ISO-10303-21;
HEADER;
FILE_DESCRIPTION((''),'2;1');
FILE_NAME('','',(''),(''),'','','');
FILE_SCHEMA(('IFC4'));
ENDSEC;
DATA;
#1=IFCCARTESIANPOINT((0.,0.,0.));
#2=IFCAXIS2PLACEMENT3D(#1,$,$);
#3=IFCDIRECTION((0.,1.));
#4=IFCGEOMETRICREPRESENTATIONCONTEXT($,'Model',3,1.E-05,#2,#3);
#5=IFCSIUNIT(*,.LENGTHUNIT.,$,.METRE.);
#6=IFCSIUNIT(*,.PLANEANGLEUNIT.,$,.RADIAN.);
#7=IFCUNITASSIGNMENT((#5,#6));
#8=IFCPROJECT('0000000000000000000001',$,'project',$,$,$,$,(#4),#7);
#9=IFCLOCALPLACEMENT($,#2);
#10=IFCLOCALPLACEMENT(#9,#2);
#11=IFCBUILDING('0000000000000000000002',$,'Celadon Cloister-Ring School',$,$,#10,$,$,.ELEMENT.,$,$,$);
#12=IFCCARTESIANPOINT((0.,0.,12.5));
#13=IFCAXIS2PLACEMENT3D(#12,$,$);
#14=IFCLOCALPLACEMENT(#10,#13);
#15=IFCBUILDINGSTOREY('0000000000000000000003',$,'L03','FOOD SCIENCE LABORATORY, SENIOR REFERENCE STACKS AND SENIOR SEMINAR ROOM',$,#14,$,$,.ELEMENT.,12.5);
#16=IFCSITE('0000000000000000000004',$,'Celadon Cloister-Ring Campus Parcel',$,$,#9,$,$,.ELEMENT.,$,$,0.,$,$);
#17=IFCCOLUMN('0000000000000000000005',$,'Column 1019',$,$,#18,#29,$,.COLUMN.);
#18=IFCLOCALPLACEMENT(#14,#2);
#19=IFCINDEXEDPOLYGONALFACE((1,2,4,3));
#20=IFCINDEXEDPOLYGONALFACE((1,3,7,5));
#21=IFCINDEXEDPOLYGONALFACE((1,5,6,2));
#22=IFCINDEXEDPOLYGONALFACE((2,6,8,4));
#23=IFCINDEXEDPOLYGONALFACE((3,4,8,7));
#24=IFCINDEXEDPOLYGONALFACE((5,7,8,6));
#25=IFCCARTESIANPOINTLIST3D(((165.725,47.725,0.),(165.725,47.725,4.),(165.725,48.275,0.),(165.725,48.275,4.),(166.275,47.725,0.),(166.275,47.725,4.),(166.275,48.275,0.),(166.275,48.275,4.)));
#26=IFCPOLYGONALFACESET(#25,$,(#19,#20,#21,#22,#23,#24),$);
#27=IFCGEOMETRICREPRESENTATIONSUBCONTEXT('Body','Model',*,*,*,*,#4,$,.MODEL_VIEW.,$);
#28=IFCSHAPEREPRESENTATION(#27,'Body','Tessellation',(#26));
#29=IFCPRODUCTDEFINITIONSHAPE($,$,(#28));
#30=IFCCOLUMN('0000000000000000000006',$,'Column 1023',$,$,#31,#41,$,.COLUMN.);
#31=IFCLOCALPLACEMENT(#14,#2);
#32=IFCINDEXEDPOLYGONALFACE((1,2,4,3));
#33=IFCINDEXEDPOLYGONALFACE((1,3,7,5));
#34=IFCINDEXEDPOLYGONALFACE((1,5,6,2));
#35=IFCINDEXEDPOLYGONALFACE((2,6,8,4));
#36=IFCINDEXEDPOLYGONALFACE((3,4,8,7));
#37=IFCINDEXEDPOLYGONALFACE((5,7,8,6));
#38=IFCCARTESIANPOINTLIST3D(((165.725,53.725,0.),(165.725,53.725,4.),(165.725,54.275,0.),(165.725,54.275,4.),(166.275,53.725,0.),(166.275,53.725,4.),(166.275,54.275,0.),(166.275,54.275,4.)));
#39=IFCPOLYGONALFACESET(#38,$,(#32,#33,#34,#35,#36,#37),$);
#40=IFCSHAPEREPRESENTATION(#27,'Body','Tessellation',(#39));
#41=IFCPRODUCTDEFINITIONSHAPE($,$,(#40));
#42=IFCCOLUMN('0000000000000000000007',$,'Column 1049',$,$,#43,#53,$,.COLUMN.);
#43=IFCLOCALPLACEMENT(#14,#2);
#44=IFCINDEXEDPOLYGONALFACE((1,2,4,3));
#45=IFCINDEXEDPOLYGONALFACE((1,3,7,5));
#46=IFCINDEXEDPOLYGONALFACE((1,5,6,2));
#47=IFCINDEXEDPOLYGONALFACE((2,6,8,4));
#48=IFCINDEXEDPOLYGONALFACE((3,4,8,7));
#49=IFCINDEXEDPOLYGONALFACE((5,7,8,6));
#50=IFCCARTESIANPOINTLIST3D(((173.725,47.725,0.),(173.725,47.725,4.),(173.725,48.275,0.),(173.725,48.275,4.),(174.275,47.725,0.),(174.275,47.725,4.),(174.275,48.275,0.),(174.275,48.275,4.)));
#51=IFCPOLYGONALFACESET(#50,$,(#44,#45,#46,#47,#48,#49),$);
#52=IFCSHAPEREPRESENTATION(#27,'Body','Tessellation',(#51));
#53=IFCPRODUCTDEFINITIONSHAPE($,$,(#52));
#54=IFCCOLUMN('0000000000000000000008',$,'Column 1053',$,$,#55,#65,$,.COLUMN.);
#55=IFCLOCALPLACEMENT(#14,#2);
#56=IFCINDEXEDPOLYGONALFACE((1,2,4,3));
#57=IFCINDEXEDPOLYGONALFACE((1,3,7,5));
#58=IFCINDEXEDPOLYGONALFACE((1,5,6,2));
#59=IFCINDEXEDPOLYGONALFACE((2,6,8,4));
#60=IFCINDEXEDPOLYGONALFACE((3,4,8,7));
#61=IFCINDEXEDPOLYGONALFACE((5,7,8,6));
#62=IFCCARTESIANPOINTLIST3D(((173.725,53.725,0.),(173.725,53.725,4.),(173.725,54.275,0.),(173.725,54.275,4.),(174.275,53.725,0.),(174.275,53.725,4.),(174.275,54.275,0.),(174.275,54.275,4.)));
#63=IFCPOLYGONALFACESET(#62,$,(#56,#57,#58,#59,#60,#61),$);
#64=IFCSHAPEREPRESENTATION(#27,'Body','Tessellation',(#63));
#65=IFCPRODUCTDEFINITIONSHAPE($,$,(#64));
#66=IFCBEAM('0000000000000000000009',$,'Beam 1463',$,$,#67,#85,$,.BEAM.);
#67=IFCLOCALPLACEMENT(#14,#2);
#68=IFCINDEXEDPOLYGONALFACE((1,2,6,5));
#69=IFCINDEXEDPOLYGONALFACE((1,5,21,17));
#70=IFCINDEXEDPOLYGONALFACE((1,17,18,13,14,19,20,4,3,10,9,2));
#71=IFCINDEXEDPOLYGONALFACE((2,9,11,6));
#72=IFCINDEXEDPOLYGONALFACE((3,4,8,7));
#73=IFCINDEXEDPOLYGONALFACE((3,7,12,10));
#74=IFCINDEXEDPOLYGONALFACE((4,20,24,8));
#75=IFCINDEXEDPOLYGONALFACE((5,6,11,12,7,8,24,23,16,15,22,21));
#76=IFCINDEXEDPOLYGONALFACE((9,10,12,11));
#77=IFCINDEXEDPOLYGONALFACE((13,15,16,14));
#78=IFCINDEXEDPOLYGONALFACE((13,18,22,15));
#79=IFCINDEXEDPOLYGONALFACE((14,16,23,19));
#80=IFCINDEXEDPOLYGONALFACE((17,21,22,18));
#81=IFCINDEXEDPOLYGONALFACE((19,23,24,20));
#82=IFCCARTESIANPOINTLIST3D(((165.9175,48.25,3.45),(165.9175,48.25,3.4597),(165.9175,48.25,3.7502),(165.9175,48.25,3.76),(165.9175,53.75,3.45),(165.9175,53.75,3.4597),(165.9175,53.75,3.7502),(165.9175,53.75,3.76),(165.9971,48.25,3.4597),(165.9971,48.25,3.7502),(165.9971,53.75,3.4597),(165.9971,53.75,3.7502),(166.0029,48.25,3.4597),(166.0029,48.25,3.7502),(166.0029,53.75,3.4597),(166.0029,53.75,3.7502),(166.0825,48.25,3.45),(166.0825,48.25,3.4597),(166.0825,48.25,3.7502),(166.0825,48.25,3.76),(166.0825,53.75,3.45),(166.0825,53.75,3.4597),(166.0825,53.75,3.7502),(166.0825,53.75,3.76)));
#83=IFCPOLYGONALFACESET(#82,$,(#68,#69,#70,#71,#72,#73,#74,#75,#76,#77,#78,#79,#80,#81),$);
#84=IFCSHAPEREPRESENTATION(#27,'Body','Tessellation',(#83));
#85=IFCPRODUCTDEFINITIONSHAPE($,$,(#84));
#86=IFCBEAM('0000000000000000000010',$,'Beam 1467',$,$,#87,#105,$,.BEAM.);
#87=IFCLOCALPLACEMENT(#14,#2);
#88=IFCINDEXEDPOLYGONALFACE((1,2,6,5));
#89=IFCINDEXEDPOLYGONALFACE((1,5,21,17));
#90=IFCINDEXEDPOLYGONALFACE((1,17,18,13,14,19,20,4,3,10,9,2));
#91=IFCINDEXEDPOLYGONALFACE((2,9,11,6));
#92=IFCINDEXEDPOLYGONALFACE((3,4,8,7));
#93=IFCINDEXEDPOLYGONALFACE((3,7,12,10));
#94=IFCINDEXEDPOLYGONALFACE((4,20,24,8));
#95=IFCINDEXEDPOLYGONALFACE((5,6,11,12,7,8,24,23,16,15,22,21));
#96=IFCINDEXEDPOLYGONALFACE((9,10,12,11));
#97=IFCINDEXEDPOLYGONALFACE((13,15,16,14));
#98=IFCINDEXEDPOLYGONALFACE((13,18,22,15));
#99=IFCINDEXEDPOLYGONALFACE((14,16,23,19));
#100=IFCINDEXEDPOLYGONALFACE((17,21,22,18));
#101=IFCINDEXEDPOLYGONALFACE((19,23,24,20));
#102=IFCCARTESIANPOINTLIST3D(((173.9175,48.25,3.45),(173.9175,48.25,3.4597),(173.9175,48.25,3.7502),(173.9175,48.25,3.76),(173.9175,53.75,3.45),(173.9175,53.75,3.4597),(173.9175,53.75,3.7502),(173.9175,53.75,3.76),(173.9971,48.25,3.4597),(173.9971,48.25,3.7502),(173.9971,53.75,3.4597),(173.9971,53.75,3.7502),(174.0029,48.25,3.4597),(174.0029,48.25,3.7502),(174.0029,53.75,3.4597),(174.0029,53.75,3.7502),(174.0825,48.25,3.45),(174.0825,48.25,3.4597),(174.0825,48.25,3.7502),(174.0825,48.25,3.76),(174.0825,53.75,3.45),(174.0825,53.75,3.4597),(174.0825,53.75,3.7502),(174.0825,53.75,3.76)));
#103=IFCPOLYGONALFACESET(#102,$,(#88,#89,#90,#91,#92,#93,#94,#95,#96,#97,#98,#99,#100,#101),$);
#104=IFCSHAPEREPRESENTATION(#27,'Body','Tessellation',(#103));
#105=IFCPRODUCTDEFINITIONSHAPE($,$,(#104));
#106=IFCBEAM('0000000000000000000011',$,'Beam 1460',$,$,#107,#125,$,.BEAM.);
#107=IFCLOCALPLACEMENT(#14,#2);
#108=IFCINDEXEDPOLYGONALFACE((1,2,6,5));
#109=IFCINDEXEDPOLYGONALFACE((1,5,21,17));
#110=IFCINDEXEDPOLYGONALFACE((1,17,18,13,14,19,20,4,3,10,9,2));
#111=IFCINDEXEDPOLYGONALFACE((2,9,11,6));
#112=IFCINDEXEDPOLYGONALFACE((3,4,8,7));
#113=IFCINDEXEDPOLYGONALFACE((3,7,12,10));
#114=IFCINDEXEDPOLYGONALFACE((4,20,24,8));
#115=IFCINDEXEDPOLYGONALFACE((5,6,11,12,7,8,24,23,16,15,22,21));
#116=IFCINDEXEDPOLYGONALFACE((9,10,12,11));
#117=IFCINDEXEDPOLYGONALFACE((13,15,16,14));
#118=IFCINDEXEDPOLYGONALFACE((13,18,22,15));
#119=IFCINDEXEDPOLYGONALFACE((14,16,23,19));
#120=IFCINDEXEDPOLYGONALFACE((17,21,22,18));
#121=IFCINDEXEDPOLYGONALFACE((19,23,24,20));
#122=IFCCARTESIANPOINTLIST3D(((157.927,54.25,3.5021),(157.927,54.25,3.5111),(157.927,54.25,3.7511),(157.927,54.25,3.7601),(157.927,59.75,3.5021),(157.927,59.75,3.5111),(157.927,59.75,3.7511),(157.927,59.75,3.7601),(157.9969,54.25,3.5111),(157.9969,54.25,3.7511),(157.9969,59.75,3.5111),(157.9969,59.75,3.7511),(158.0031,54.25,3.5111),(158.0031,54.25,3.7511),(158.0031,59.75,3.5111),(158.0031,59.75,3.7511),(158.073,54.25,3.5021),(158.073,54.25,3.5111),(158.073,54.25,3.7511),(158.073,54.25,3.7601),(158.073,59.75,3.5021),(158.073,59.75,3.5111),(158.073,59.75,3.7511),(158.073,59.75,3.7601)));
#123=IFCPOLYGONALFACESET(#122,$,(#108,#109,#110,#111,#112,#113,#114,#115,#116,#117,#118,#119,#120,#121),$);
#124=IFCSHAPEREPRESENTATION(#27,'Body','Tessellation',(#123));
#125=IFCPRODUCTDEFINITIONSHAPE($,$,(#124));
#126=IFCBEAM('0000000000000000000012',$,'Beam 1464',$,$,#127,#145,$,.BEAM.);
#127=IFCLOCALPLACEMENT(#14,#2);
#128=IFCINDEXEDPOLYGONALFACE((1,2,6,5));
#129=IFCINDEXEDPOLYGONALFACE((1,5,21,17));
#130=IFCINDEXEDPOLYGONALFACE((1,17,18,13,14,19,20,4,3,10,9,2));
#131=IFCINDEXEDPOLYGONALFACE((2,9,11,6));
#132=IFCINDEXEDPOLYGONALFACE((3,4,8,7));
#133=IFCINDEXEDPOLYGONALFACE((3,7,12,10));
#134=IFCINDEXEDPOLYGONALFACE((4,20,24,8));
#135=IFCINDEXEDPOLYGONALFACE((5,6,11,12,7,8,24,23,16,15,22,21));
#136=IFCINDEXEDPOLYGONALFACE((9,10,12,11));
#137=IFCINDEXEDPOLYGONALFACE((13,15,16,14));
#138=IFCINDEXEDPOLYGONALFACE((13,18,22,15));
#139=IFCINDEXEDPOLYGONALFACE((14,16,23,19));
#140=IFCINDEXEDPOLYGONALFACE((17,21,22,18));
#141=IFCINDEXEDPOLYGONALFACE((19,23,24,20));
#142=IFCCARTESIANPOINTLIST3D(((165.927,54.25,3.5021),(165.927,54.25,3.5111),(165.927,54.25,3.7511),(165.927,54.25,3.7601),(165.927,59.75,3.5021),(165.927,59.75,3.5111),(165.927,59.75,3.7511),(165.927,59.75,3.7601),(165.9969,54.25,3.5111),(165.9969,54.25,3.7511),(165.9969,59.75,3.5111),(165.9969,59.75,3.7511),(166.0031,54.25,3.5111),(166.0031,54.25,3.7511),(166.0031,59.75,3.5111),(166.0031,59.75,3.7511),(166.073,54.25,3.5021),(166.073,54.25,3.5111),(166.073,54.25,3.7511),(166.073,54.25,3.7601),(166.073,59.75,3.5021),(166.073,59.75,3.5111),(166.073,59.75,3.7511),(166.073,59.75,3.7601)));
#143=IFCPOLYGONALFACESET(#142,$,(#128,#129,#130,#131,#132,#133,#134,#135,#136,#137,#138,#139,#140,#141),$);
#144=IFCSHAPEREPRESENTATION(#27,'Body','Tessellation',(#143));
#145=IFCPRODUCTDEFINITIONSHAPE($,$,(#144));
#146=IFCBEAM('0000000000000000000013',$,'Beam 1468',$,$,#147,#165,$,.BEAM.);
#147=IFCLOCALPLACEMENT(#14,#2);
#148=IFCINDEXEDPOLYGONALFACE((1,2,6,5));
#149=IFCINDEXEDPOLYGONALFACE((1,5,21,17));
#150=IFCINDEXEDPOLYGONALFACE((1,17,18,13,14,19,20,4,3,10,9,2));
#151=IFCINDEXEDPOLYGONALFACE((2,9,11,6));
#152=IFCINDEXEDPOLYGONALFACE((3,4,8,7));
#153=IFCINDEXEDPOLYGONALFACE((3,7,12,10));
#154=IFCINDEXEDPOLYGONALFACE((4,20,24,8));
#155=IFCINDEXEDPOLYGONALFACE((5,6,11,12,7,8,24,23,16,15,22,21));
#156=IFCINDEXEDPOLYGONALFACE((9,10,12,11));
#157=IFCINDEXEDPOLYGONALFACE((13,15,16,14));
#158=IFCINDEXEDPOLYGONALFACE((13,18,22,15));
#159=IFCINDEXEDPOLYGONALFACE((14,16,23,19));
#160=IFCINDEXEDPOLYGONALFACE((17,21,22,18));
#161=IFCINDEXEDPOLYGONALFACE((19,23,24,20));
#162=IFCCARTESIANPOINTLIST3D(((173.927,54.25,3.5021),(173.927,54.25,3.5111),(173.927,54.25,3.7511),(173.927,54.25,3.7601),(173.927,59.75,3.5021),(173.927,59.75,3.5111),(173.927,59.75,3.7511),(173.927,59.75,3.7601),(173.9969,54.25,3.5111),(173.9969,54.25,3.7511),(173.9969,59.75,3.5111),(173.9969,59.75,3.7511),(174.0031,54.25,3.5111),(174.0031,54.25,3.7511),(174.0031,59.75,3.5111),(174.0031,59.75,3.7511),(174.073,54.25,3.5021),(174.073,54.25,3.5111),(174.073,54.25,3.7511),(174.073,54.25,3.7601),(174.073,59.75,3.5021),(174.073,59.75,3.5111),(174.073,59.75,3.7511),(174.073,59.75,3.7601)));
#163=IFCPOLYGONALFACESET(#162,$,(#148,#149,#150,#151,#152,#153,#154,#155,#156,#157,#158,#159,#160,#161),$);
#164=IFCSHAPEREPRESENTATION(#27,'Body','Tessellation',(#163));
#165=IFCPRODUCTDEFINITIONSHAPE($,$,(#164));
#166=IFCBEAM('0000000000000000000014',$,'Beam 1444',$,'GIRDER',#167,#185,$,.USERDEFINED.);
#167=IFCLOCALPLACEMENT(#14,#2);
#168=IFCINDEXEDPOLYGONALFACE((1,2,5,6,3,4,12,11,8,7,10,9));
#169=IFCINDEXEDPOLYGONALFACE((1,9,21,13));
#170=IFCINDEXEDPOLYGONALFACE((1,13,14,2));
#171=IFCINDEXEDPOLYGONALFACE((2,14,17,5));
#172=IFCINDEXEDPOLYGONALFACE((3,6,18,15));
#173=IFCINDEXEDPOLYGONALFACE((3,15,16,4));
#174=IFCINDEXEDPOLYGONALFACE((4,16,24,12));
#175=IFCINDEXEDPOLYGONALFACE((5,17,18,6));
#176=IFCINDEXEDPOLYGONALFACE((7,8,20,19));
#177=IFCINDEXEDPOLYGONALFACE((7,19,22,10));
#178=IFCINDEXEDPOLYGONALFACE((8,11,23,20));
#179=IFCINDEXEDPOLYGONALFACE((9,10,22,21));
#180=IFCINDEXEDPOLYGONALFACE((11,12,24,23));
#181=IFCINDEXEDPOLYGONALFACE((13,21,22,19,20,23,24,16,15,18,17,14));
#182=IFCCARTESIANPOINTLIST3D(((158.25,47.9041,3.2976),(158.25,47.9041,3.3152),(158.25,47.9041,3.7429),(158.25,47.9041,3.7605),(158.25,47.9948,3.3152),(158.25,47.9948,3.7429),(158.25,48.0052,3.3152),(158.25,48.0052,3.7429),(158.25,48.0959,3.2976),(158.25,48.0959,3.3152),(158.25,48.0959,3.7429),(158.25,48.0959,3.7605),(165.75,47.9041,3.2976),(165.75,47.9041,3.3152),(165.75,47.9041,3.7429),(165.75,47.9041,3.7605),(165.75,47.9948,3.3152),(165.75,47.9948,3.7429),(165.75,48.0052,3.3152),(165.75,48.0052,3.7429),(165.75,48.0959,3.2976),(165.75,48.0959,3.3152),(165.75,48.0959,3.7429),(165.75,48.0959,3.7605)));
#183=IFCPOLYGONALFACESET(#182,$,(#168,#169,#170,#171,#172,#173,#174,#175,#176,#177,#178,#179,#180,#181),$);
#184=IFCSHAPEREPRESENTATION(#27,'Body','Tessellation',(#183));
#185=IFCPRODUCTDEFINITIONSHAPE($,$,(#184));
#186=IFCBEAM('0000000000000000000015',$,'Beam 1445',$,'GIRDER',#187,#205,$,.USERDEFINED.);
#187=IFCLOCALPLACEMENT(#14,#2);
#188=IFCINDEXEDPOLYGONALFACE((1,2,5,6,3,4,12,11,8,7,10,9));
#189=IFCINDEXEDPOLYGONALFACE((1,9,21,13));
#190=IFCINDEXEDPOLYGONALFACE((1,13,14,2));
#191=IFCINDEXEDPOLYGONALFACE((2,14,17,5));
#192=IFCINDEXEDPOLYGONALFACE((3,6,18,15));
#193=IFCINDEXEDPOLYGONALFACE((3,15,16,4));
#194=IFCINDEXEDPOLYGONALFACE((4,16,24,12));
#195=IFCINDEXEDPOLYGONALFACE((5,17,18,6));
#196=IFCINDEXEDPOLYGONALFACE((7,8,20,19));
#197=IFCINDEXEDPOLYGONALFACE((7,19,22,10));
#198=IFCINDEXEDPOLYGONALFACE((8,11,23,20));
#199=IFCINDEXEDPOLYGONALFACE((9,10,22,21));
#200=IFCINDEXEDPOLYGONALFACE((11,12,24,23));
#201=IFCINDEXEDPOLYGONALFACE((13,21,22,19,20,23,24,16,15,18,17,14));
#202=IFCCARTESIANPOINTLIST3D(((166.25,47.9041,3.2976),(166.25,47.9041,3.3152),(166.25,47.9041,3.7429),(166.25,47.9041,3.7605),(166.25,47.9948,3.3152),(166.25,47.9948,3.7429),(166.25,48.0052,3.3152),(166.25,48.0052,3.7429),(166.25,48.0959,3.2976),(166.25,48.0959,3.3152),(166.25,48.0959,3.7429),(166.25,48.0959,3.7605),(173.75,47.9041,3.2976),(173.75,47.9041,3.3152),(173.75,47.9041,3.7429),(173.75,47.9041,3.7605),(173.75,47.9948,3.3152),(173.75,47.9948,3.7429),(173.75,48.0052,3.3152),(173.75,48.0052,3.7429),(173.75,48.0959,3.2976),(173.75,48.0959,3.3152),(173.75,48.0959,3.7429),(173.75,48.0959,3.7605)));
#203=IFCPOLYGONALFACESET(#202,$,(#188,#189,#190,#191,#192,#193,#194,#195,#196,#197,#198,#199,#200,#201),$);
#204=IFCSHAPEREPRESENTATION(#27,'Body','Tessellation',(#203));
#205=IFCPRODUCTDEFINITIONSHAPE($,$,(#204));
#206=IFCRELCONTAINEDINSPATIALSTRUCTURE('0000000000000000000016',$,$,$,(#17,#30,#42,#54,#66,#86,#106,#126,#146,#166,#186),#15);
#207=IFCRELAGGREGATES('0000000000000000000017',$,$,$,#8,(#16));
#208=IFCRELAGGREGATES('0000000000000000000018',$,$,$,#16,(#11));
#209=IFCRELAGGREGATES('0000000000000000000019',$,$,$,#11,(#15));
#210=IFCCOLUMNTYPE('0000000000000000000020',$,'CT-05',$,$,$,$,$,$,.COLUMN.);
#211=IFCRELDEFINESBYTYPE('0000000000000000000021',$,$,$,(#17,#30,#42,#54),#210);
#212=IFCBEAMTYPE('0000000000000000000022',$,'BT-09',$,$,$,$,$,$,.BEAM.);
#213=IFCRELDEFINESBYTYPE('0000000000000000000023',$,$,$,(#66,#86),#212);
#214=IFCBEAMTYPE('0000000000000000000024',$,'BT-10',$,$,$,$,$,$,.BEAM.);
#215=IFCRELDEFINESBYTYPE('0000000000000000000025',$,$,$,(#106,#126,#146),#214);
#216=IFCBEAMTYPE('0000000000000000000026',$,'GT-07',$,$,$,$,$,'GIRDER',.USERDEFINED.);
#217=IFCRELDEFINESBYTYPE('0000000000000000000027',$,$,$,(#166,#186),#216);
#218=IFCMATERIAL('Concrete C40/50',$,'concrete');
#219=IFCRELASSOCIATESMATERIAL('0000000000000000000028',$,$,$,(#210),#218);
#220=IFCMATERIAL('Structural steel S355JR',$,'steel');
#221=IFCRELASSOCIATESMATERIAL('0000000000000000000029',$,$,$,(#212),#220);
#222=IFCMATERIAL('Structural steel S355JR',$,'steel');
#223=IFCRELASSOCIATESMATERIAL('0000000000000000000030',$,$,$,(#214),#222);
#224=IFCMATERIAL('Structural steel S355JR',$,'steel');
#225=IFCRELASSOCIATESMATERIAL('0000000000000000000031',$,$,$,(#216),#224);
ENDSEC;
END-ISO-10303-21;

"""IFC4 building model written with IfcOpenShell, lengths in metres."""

from ifc_helpers import new_model, si_unit, direction, frame, origin, origin_2d, place, context, subcontext, project, spatial, rectangle, i_section, extrude, material, material_profile, profile_set, type_object, element, save


model = new_model("IFC4")

# Units and contexts
model_context = context("Model", 3, precision=1e-05, world=origin(), true_north=direction((0.0, 1.0)))
body_context = subcontext(model_context, "Body", "Model", "MODEL_VIEW")
ifc_project = project(units=[si_unit("LENGTHUNIT", "METRE"), si_unit("PLANEANGLEUNIT", "RADIAN")], contexts=[model_context])

# Site, building, storey
site_placement = place(None, origin())
site = spatial("IfcSite", under=ifc_project, at=site_placement, Name="Celadon Cloister-Ring Campus Parcel", CompositionType="ELEMENT", RefElevation=0.0)
building_placement = place(site_placement, origin())
building = spatial("IfcBuilding", under=site, at=building_placement, Name="Celadon Cloister-Ring School", CompositionType="ELEMENT")
storey_placement = place(building_placement, frame((0.0, 0.0, 12.5)))
storey = spatial("IfcBuildingStorey", under=building, at=storey_placement, Name="L03", Description="FOOD SCIENCE LABORATORY, SENIOR REFERENCE STACKS AND SENIOR SEMINAR ROOM", CompositionType="ELEMENT", Elevation=12.5)

# Columns
ifc_material_1 = material(Name="Concrete C40/50", Category="concrete")
ifc_material_profile_1 = material_profile(ifc_material_1, rectangle(XDim=0.55, YDim=0.55, at=origin_2d()), Name="RC550X550")
ifc_profile_set_1 = profile_set([ifc_material_profile_1], Name="Concrete C40/50")
column_type = type_object("IfcColumnType", Name="CT-05", PredefinedType="COLUMN", material=ifc_profile_set_1)
for number, where, z_axis, x_axis, name in (
    (1, (166.0, 48.0, 0.0), (0.0, 0.0, 1.0), (1.0, 0.0, 0.0), "Column 1019"),
    (2, (166.0, 54.0, 0.0), (0.0, 0.0, 1.0), (1.0, 0.0, 0.0), "Column 1023"),
    (3, (174.0, 48.0, 0.0), (0.0, 0.0, 1.0), (1.0, 0.0, 0.0), "Column 1049"),
    (4, (174.0, 54.0, 0.0), (0.0, 0.0, 1.0), (1.0, 0.0, 0.0), "Column 1053"),
):
    element("IfcColumn", number, at=place(storey_placement, frame(where, z_axis=z_axis, x_axis=x_axis)), inside=storey, type_object=column_type, Name=name, PredefinedType="COLUMN", context=body_context, shape_type="SweptSolid", body=[
        extrude(rectangle(XDim=0.55, YDim=0.55, at=origin_2d()), origin(), (0.0, 0.0, 1.0), 4.0),
    ])

# Beams
ifc_material_2 = material(Name="Structural steel S355JR", Category="steel")
ifc_material_profile_2 = material_profile(ifc_material_2, i_section(OverallWidth=0.165, OverallDepth=0.3101, WebThickness=0.0059, FlangeThickness=0.0098, at=origin_2d()), Name="W310X39")
ifc_profile_set_2 = profile_set([ifc_material_profile_2], Name="Structural steel S355JR")
beam_type_1 = type_object("IfcBeamType", Name="BT-09", PredefinedType="BEAM", material=ifc_profile_set_2)
for number, where, z_axis, x_axis, name in (
    (5, (166.0, 48.25, 3.605), (0.0, 1.0, 0.0), (-1.0, 0.0, 0.0), "Beam 1463"),
    (6, (174.0, 48.25, 3.605), (0.0, 1.0, 0.0), (-1.0, 0.0, 0.0), "Beam 1467"),
):
    element("IfcBeam", number, at=place(storey_placement, frame(where, z_axis=z_axis, x_axis=x_axis)), inside=storey, type_object=beam_type_1, Name=name, PredefinedType="BEAM", context=body_context, shape_type="SweptSolid", body=[
        extrude(i_section(OverallWidth=0.165, OverallDepth=0.3101, WebThickness=0.0059, FlangeThickness=0.0098, at=origin_2d()), origin(), (0.0, 0.0, 1.0), 5.5),
    ])
ifc_material_3 = material(Name="Structural steel S355JR", Category="steel")
ifc_material_profile_3 = material_profile(ifc_material_3, i_section(OverallWidth=0.146, OverallDepth=0.2581, WebThickness=0.0061, FlangeThickness=0.009, at=origin_2d()), Name="W250X33")
ifc_profile_set_3 = profile_set([ifc_material_profile_3], Name="Structural steel S355JR")
beam_type_2 = type_object("IfcBeamType", Name="BT-10", PredefinedType="BEAM", material=ifc_profile_set_3)
for number, where, z_axis, x_axis, name in (
    (7, (158.0, 54.25, 3.6311), (0.0, 1.0, 0.0), (-1.0, 0.0, 0.0), "Beam 1460"),
    (8, (166.0, 54.25, 3.6311), (0.0, 1.0, 0.0), (-1.0, 0.0, 0.0), "Beam 1464"),
    (9, (174.0, 54.25, 3.6311), (0.0, 1.0, 0.0), (-1.0, 0.0, 0.0), "Beam 1468"),
):
    element("IfcBeam", number, at=place(storey_placement, frame(where, z_axis=z_axis, x_axis=x_axis)), inside=storey, type_object=beam_type_2, Name=name, PredefinedType="BEAM", context=body_context, shape_type="SweptSolid", body=[
        extrude(i_section(OverallWidth=0.146, OverallDepth=0.2581, WebThickness=0.0061, FlangeThickness=0.009, at=origin_2d()), origin(), (0.0, 0.0, 1.0), 5.5),
    ])
ifc_material_4 = material(Name="Structural steel S355JR", Category="steel")
ifc_material_profile_4 = material_profile(ifc_material_4, i_section(OverallWidth=0.1919, OverallDepth=0.4629, WebThickness=0.0105, FlangeThickness=0.0176, at=origin_2d()), Name="W460X89")
ifc_profile_set_4 = profile_set([ifc_material_profile_4], Name="Structural steel S355JR")
beam_type_3 = type_object("IfcBeamType", Name="GT-07", ElementType="GIRDER", PredefinedType="USERDEFINED", material=ifc_profile_set_4)
for number, where, z_axis, x_axis, name in (
    (10, (158.25, 48.0, 3.5291), (1.0, 0.0, 0.0), (0.0, 1.0, 0.0), "Beam 1444"),
    (11, (166.25, 48.0, 3.5291), (1.0, 0.0, 0.0), (0.0, 1.0, 0.0), "Beam 1445"),
):
    element("IfcBeam", number, at=place(storey_placement, frame(where, z_axis=z_axis, x_axis=x_axis)), inside=storey, type_object=beam_type_3, Name=name, ObjectType="GIRDER", PredefinedType="USERDEFINED", context=body_context, shape_type="SweptSolid", body=[
        extrude(i_section(OverallWidth=0.1919, OverallDepth=0.4629, WebThickness=0.0105, FlangeThickness=0.0176, at=origin_2d()), origin(), (0.0, 0.0, 1.0), 7.5),
    ])

save(model, "model.ifc")
